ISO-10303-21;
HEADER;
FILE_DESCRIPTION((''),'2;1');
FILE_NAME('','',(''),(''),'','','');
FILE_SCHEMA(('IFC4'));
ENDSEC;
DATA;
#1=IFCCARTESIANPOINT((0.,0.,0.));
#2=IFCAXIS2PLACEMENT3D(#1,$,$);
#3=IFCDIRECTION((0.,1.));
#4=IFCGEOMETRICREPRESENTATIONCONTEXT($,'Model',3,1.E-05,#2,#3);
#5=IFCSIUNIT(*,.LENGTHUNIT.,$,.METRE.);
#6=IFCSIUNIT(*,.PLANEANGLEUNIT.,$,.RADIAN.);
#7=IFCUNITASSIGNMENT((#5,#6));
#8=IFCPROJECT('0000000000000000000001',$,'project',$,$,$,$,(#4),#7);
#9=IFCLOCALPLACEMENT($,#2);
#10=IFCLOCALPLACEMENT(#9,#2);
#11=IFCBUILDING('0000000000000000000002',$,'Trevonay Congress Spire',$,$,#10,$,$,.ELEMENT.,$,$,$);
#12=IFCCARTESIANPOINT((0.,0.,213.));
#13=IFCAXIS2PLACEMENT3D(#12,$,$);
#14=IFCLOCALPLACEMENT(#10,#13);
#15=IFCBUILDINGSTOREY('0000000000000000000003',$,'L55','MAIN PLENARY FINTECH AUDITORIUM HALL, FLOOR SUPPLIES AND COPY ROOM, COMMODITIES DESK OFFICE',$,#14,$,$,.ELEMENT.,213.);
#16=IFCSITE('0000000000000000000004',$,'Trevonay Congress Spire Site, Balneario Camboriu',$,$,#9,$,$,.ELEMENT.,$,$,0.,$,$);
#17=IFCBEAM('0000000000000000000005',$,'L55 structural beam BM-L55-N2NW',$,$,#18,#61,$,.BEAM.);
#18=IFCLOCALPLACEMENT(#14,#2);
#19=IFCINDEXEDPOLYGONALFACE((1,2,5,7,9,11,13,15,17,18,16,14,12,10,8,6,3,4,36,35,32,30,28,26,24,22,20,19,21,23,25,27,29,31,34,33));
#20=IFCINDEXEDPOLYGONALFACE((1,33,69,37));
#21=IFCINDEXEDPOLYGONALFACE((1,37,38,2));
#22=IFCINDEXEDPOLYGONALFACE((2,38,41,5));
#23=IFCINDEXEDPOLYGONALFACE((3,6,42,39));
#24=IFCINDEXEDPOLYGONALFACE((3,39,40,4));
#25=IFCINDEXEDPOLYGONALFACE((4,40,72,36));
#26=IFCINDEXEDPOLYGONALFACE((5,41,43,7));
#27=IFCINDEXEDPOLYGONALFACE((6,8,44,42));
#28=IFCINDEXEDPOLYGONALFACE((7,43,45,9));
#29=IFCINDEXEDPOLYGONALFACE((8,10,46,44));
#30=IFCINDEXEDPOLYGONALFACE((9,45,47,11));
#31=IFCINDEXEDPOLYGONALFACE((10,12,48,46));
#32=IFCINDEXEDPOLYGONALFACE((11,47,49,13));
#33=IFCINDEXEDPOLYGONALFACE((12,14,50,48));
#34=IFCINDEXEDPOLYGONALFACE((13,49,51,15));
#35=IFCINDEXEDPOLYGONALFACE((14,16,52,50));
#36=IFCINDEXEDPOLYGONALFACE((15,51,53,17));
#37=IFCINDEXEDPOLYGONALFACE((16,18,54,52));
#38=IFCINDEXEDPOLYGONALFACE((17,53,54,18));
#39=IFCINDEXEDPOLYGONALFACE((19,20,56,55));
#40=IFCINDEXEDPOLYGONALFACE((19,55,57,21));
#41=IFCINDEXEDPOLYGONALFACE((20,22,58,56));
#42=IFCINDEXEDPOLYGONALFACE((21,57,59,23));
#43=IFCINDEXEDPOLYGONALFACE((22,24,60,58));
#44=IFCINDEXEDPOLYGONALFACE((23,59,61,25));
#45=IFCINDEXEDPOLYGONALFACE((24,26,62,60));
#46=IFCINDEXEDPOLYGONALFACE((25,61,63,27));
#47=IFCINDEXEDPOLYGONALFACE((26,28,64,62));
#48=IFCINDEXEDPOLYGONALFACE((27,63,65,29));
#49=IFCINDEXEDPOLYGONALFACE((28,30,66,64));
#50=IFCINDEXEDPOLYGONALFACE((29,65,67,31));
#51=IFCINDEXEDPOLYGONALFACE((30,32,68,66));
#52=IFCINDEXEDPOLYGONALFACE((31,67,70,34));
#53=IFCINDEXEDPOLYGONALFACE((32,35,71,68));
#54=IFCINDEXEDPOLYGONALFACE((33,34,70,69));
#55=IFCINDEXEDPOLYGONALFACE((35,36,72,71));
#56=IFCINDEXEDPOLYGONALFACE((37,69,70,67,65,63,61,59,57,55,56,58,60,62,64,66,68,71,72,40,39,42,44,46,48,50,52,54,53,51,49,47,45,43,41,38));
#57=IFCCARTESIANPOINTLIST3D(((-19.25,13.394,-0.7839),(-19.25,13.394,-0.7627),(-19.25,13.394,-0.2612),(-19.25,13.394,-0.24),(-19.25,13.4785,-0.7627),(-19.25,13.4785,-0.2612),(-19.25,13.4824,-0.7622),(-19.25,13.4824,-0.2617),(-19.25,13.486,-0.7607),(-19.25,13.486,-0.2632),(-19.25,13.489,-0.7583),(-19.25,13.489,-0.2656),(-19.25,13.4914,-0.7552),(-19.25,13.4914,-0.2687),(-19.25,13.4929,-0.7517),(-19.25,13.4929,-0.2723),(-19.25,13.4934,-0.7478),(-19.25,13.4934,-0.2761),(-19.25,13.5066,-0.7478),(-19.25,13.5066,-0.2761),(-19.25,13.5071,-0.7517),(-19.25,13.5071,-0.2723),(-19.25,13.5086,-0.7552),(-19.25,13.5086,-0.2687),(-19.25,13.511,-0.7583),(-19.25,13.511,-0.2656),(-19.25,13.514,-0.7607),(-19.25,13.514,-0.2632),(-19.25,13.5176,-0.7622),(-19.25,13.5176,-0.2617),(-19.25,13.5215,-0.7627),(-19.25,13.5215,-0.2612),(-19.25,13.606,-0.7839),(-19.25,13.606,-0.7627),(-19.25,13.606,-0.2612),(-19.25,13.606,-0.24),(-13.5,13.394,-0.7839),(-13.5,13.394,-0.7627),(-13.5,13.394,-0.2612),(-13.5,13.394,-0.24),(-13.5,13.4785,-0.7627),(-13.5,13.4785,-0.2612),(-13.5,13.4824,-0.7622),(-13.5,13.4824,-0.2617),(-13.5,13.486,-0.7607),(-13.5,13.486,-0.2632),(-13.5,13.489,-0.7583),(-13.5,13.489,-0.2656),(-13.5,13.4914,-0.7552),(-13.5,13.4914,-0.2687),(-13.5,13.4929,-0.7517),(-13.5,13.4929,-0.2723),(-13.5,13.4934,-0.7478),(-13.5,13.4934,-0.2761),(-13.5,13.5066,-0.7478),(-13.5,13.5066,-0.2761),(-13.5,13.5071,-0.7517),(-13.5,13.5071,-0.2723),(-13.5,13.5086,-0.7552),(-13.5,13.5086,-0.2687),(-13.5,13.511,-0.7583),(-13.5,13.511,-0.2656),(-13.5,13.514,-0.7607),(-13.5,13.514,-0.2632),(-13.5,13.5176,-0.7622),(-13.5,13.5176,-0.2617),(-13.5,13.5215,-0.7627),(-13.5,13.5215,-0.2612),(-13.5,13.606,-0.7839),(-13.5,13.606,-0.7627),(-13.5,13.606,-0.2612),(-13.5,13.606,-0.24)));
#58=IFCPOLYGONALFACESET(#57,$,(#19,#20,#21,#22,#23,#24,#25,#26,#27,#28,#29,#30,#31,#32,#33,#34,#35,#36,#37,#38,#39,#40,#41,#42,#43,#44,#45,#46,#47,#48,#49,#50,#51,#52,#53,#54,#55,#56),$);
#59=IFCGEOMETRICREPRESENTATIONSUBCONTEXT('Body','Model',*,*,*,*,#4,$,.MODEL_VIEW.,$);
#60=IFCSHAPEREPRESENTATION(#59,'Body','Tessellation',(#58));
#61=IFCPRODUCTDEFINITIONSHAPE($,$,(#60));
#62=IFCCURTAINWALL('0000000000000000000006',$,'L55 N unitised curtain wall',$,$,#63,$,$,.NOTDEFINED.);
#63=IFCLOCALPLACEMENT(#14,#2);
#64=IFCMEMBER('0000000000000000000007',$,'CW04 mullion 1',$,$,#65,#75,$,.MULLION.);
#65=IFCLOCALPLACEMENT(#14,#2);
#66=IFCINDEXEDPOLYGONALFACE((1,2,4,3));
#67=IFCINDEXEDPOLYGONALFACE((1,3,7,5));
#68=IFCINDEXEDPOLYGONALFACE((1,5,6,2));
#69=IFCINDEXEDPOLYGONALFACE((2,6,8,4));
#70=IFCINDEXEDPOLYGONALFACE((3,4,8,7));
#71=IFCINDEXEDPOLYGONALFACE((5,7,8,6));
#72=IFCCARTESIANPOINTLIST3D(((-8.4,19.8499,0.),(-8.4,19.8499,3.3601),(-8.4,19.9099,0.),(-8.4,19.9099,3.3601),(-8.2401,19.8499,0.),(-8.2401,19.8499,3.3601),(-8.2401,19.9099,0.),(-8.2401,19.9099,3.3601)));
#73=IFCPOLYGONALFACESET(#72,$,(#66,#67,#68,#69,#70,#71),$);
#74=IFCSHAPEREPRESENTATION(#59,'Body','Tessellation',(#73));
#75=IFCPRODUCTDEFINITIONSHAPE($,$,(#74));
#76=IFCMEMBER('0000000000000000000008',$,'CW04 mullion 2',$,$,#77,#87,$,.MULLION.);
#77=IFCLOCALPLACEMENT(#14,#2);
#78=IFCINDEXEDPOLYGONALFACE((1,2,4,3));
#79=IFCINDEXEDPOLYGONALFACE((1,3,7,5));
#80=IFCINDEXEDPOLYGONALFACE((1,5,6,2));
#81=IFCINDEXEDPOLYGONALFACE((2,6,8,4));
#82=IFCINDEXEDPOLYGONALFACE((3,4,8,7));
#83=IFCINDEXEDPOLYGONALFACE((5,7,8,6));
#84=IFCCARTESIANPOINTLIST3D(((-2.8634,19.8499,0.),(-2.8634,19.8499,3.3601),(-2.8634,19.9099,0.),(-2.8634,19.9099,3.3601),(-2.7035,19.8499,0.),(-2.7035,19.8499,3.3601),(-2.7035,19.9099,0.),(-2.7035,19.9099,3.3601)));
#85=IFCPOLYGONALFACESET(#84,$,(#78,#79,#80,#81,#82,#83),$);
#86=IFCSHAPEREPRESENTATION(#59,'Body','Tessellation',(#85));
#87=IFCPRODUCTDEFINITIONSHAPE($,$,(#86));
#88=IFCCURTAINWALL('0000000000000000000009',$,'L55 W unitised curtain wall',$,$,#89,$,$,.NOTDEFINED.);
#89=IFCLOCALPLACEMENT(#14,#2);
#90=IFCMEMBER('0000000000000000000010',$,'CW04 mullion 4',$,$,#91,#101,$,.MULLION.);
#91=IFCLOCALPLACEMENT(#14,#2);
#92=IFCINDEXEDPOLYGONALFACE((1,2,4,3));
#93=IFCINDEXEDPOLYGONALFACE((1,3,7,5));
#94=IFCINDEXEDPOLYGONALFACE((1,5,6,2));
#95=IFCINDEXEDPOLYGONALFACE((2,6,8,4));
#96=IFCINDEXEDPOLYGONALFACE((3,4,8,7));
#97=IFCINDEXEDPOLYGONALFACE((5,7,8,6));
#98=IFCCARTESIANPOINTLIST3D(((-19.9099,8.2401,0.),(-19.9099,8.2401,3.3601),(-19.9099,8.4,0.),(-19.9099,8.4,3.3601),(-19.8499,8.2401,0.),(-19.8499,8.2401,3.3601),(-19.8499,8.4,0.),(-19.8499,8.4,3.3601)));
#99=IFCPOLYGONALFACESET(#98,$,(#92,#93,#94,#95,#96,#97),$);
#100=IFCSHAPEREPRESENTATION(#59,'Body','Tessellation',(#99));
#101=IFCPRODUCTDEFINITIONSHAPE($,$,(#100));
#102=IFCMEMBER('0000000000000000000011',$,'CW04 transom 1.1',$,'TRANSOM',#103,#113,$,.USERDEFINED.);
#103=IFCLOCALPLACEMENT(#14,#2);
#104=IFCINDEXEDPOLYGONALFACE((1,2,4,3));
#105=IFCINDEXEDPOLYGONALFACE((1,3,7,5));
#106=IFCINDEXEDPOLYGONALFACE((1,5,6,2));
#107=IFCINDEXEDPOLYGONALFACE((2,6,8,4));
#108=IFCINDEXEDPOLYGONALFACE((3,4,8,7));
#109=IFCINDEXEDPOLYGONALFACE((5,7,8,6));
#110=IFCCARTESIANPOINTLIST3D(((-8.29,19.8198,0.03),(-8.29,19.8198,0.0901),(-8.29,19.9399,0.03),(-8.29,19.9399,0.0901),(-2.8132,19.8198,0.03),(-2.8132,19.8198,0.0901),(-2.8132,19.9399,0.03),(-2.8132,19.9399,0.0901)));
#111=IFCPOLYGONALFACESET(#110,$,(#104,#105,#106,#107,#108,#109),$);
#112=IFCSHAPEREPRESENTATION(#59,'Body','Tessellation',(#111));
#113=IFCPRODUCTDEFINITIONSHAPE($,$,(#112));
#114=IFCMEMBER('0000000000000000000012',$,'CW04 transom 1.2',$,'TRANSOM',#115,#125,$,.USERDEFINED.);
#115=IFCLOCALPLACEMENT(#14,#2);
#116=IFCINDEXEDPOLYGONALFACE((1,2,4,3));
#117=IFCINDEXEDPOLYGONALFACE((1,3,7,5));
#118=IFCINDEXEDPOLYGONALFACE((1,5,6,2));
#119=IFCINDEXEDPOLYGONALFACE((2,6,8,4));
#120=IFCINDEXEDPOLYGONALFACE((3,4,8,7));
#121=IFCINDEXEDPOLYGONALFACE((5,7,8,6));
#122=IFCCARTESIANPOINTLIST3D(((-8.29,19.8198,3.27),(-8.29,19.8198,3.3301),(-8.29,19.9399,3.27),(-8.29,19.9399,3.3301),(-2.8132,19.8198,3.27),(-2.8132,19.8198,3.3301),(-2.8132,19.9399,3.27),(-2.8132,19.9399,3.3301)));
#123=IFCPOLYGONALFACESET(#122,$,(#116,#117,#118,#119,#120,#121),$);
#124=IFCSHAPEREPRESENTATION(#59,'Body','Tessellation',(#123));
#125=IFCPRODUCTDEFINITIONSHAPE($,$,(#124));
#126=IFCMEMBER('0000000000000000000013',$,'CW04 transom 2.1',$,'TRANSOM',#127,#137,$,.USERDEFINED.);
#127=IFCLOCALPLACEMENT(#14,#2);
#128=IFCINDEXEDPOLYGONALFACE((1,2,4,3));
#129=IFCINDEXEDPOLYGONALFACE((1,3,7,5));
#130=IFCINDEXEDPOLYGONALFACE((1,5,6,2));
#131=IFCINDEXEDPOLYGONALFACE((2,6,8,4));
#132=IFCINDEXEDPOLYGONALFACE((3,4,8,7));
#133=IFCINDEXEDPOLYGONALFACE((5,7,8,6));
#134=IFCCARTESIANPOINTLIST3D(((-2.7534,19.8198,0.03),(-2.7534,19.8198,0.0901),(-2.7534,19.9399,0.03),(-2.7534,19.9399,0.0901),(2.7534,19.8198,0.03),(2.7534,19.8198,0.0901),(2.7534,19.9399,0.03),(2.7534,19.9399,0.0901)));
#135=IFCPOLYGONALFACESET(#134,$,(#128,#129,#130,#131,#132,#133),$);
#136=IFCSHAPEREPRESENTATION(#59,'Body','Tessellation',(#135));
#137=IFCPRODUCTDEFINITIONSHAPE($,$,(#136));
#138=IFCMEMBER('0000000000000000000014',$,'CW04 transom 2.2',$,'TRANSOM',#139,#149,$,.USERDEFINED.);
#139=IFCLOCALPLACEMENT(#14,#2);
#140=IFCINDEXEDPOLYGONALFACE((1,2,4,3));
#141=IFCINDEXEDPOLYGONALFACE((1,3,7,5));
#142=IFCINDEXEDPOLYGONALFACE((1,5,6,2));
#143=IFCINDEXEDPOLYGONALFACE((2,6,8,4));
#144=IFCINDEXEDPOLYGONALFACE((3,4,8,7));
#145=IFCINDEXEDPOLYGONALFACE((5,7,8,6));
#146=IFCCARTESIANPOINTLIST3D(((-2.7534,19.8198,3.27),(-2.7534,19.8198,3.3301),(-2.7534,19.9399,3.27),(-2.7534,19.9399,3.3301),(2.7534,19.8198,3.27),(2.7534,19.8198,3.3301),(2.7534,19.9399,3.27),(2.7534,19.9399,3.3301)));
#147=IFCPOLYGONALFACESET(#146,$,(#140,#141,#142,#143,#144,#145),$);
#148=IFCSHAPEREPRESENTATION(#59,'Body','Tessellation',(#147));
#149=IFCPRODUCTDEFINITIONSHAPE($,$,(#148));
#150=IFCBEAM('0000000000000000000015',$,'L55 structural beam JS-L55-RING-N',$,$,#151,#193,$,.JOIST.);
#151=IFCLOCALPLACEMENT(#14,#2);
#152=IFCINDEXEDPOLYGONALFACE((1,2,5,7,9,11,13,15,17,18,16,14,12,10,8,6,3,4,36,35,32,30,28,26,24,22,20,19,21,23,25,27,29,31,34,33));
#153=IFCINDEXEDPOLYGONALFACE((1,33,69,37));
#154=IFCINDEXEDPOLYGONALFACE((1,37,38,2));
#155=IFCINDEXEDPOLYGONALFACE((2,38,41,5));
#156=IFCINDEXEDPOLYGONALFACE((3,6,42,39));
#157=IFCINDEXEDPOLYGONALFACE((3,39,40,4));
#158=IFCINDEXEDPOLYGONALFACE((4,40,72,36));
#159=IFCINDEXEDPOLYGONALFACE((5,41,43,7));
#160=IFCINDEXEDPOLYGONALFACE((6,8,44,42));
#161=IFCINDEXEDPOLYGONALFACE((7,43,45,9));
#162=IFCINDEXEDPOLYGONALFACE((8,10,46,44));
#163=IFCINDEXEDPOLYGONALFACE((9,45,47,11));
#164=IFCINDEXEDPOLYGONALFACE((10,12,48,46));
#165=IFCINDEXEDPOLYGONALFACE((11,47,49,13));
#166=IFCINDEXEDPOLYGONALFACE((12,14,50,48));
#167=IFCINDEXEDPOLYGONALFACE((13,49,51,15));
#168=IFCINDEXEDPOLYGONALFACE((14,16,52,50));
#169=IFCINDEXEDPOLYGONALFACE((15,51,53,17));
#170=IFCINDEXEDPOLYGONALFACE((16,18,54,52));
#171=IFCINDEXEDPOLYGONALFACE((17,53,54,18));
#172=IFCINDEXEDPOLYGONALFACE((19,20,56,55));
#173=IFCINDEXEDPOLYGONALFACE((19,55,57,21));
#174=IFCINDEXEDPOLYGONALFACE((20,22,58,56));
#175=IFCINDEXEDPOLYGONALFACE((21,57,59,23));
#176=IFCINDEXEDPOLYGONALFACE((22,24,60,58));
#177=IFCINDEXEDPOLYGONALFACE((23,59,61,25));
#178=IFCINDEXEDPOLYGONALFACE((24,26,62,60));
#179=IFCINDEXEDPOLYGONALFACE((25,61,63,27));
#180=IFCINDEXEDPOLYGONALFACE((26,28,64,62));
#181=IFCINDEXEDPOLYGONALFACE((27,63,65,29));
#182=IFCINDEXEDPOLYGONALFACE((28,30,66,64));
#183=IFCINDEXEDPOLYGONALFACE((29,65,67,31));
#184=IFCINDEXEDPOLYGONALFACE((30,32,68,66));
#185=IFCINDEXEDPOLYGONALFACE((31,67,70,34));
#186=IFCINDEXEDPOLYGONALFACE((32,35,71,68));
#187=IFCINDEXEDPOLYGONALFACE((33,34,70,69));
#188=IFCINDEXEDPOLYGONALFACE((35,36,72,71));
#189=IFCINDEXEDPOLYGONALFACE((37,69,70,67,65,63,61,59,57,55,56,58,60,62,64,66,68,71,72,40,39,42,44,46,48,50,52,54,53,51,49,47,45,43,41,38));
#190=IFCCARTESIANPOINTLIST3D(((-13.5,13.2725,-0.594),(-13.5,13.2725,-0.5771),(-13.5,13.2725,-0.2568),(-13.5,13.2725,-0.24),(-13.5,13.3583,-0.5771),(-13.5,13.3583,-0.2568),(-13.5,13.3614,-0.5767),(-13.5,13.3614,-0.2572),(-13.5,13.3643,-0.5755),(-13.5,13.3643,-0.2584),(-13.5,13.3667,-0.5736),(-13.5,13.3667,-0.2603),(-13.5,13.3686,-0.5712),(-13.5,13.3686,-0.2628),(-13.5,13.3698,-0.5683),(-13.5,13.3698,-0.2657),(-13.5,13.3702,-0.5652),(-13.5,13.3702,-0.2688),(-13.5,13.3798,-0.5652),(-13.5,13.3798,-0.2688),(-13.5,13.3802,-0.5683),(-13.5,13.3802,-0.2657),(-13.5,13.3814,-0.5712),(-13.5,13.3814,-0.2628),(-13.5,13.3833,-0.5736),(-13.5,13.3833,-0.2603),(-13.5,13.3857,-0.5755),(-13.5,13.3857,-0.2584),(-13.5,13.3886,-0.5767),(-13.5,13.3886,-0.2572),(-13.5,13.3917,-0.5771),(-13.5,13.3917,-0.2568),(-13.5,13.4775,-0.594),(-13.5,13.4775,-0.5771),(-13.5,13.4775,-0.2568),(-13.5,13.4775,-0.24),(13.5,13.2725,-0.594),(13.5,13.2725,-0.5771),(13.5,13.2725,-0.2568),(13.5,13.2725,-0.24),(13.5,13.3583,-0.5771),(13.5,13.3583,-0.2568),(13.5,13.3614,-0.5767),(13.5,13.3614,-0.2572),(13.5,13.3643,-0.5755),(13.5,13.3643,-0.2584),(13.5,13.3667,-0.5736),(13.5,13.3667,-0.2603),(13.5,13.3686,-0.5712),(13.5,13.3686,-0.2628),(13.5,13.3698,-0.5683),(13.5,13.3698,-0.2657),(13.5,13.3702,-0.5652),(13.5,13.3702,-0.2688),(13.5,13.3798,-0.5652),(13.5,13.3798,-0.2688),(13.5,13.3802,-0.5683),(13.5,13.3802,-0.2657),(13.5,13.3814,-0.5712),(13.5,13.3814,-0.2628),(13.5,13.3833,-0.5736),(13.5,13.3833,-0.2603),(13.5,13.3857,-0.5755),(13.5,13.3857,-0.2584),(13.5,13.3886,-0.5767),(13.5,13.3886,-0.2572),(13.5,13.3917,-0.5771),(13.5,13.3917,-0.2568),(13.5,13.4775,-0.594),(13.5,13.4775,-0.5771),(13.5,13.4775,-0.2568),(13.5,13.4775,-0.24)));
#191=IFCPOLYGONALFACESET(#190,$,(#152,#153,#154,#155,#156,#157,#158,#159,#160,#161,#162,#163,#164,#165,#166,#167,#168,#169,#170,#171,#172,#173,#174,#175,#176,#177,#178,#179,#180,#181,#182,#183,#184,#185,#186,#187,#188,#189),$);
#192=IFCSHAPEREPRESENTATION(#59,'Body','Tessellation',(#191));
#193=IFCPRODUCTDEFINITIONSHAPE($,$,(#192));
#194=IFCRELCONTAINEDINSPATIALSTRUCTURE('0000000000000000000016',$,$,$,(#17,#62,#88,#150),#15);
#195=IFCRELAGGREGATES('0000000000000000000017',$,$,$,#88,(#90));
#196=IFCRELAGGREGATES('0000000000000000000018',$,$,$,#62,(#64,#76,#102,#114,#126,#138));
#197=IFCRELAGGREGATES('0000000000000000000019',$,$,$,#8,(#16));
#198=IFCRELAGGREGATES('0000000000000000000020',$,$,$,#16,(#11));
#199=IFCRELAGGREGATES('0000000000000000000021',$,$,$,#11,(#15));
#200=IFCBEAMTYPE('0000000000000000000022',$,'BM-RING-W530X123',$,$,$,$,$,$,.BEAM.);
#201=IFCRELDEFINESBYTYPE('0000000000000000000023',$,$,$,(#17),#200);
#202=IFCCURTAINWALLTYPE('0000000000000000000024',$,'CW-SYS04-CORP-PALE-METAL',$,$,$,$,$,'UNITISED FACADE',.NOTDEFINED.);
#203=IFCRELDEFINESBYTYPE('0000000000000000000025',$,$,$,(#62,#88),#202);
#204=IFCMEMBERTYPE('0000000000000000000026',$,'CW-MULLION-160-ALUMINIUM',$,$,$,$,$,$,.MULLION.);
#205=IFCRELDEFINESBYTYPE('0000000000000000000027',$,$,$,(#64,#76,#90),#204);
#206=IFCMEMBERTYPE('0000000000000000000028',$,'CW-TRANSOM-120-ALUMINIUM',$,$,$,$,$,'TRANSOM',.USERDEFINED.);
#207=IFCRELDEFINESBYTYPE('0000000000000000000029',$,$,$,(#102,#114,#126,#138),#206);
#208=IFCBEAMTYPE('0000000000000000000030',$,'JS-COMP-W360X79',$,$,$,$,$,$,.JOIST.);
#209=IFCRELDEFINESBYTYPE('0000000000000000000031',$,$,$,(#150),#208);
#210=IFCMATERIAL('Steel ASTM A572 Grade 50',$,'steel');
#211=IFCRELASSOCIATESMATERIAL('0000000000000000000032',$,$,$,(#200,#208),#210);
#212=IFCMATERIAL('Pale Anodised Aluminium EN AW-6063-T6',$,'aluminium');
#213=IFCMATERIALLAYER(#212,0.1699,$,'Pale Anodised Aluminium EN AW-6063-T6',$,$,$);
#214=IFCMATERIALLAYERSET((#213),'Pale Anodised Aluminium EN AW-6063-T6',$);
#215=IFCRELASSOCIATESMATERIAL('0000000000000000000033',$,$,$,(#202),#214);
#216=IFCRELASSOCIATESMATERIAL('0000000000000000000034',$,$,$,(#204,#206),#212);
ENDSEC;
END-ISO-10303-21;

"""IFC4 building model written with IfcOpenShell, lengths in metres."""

from ifc_helpers import new_model, si_unit, direction, frame, origin, origin_2d, place, context, subcontext, project, spatial, rectangle, i_section, extrude, material, layer, layer_set, material_profile, profile_set, type_object, element, aggregate, save


model = new_model("IFC4")

# Units and contexts
model_context = context("Model", 3, precision=1e-05, world=origin(), true_north=direction((0.0, 1.0)))
body_context = subcontext(model_context, "Body", "Model", "MODEL_VIEW")
ifc_project = project(units=[si_unit("LENGTHUNIT", "METRE"), si_unit("PLANEANGLEUNIT", "RADIAN")], contexts=[model_context])

# Site, building, storey
site_placement = place(None, origin())
site = spatial("IfcSite", under=ifc_project, at=site_placement, Name="Trevonay Congress Spire Site, Balneario Camboriu", CompositionType="ELEMENT", RefElevation=0.0)
building_placement = place(site_placement, origin())
building = spatial("IfcBuilding", under=site, at=building_placement, Name="Trevonay Congress Spire", CompositionType="ELEMENT")
storey_placement = place(building_placement, frame((0.0, 0.0, 213.0)))
storey = spatial("IfcBuildingStorey", under=building, at=storey_placement, Name="L55", Description="MAIN PLENARY FINTECH AUDITORIUM HALL, FLOOR SUPPLIES AND COPY ROOM, COMMODITIES DESK OFFICE", CompositionType="ELEMENT", Elevation=213.0)

# Shared definitions
ifc_material_1 = material(Name="Steel ASTM A572 Grade 50", Category="steel")

# Beam
ifc_material_profile_1 = material_profile(ifc_material_1, i_section(OverallWidth=0.2119, OverallDepth=0.5439, WebThickness=0.0132, FlangeThickness=0.0212, FilletRadius=0.0149, at=origin_2d()), Name="W530x123")
ifc_profile_set_1 = profile_set([ifc_material_profile_1], Name="Steel ASTM A572 Grade 50")
beam_type_1 = type_object("IfcBeamType", Name="BM-RING-W530X123", PredefinedType="BEAM", material=ifc_profile_set_1)
for number, where, z_axis, x_axis, name in (
    (1, (-19.25, 13.5, -0.512), (1.0, 0.0, 0.0), (0.0, 1.0, 0.0), "L55 structural beam BM-L55-N2NW"),
):
    element("IfcBeam", number, at=place(storey_placement, frame(where, z_axis=z_axis, x_axis=x_axis)), inside=storey, type_object=beam_type_1, Name=name, PredefinedType="BEAM", context=body_context, shape_type="SweptSolid", body=[
        extrude(i_section(OverallWidth=0.2119, OverallDepth=0.5439, WebThickness=0.0132, FlangeThickness=0.0212, FilletRadius=0.0149, at=origin_2d()), origin(), (0.0, 0.0, 1.0), 5.75),
    ])

# Curtain wall, members
ifc_material_2 = material(Name="Pale Anodised Aluminium EN AW-6063-T6", Category="aluminium")
ifc_layer_1 = layer(ifc_material_2, 0.1699, Name="Pale Anodised Aluminium EN AW-6063-T6")
ifc_layer_set_1 = layer_set([ifc_layer_1], Name="Pale Anodised Aluminium EN AW-6063-T6")
curtain_wall_type = type_object("IfcCurtainWallType", Name="CW-SYS04-CORP-PALE-METAL", ElementType="UNITISED FACADE", PredefinedType="NOTDEFINED", material=ifc_layer_set_1)
curtain_wall_1_placement = place(storey_placement, origin())
curtain_wall_1 = element("IfcCurtainWall", 2, at=curtain_wall_1_placement, inside=storey, type_object=curtain_wall_type, Name="L55 N unitised curtain wall", PredefinedType="NOTDEFINED")
ifc_material_profile_2 = material_profile(ifc_material_2, rectangle(XDim=0.0601, YDim=0.1599, at=origin_2d()), Name="CW-MULLION-160-ALUMINIUM")
ifc_profile_set_2 = profile_set([ifc_material_profile_2], Name="Pale Anodised Aluminium EN AW-6063-T6")
member_type_1 = type_object("IfcMemberType", Name="CW-MULLION-160-ALUMINIUM", PredefinedType="MULLION", material=ifc_profile_set_2)
member_1_placement = place(storey_placement, frame((-8.3201, 19.8799, 0.0), z_axis=(0.0, 0.0, 1.0), x_axis=(0.0, 1.0, 0.0)))
member_1 = element("IfcMember", 3, at=member_1_placement, type_object=member_type_1, Name="CW04 mullion 1", PredefinedType="MULLION", context=body_context, shape_type="SweptSolid", body=[
    extrude(rectangle(XDim=0.0601, YDim=0.1599, at=origin_2d()), origin(), (0.0, 0.0, 1.0), 3.3601),
])
member_2_placement = place(storey_placement, frame((-2.7834, 19.8799, 0.0), z_axis=(0.0, 0.0, 1.0), x_axis=(0.0, 1.0, 0.0)))
member_2 = element("IfcMember", 4, at=member_2_placement, type_object=member_type_1, Name="CW04 mullion 2", PredefinedType="MULLION", context=body_context, shape_type="SweptSolid", body=[
    extrude(rectangle(XDim=0.0601, YDim=0.1599, at=origin_2d()), origin(), (0.0, 0.0, 1.0), 3.3601),
])

# Curtain wall, member
curtain_wall_2_placement = place(storey_placement, origin())
curtain_wall_2 = element("IfcCurtainWall", 5, at=curtain_wall_2_placement, inside=storey, type_object=curtain_wall_type, Name="L55 W unitised curtain wall", PredefinedType="NOTDEFINED")
member_3_placement = place(storey_placement, frame((-19.8799, 8.3201, 0.0), z_axis=(0.0, 0.0, 1.0), x_axis=(-1.0, 0.0, 0.0)))
member_3 = element("IfcMember", 6, at=member_3_placement, type_object=member_type_1, Name="CW04 mullion 4", PredefinedType="MULLION", context=body_context, shape_type="SweptSolid", body=[
    extrude(rectangle(XDim=0.0601, YDim=0.1599, at=origin_2d()), origin(), (0.0, 0.0, 1.0), 3.3601),
])
aggregate(curtain_wall_2, [member_3])

# Members
ifc_material_profile_3 = material_profile(ifc_material_2, rectangle(XDim=0.1201, YDim=0.0601, at=origin_2d()), Name="CW-TRANSOM-120-ALUMINIUM")
ifc_profile_set_3 = profile_set([ifc_material_profile_3], Name="Pale Anodised Aluminium EN AW-6063-T6")
member_type_2 = type_object("IfcMemberType", Name="CW-TRANSOM-120-ALUMINIUM", ElementType="TRANSOM", PredefinedType="USERDEFINED", material=ifc_profile_set_3)
member_4_placement = place(storey_placement, frame((-8.29, 19.8799, 0.0601), z_axis=(1.0, 0.0, 0.0), x_axis=(0.0, 1.0, 0.0)))
member_4 = element("IfcMember", 7, at=member_4_placement, type_object=member_type_2, Name="CW04 transom 1.1", ObjectType="TRANSOM", PredefinedType="USERDEFINED", context=body_context, shape_type="SweptSolid", body=[
    extrude(rectangle(XDim=0.1201, YDim=0.0601, at=origin_2d()), origin(), (0.0, 0.0, 1.0), 5.4768),
])
member_5_placement = place(storey_placement, frame((-8.29, 19.8799, 3.3), z_axis=(1.0, 0.0, 0.0), x_axis=(0.0, 1.0, 0.0)))
member_5 = element("IfcMember", 8, at=member_5_placement, type_object=member_type_2, Name="CW04 transom 1.2", ObjectType="TRANSOM", PredefinedType="USERDEFINED", context=body_context, shape_type="SweptSolid", body=[
    extrude(rectangle(XDim=0.1201, YDim=0.0601, at=origin_2d()), origin(), (0.0, 0.0, 1.0), 5.4768),
])
member_6_placement = place(storey_placement, frame((-2.7534, 19.8799, 0.0601), z_axis=(1.0, 0.0, 0.0), x_axis=(0.0, 1.0, 0.0)))
member_6 = element("IfcMember", 9, at=member_6_placement, type_object=member_type_2, Name="CW04 transom 2.1", ObjectType="TRANSOM", PredefinedType="USERDEFINED", context=body_context, shape_type="SweptSolid", body=[
    extrude(rectangle(XDim=0.1201, YDim=0.0601, at=origin_2d()), origin(), (0.0, 0.0, 1.0), 5.5068),
])
member_7_placement = place(storey_placement, frame((-2.7534, 19.8799, 3.3), z_axis=(1.0, 0.0, 0.0), x_axis=(0.0, 1.0, 0.0)))
member_7 = element("IfcMember", 10, at=member_7_placement, type_object=member_type_2, Name="CW04 transom 2.2", ObjectType="TRANSOM", PredefinedType="USERDEFINED", context=body_context, shape_type="SweptSolid", body=[
    extrude(rectangle(XDim=0.1201, YDim=0.0601, at=origin_2d()), origin(), (0.0, 0.0, 1.0), 5.5068),
])

# Beam
ifc_material_profile_4 = material_profile(ifc_material_1, i_section(OverallWidth=0.2051, OverallDepth=0.354, WebThickness=0.0095, FlangeThickness=0.0168, FilletRadius=0.012, at=origin_2d()), Name="W360x79")
ifc_profile_set_4 = profile_set([ifc_material_profile_4], Name="Steel ASTM A572 Grade 50")
beam_type_2 = type_object("IfcBeamType", Name="JS-COMP-W360X79", PredefinedType="JOIST", material=ifc_profile_set_4)
beam_1_placement = place(storey_placement, frame((-13.5, 13.375, -0.417), z_axis=(1.0, 0.0, 0.0), x_axis=(0.0, 1.0, 0.0)))
element("IfcBeam", 11, at=beam_1_placement, inside=storey, type_object=beam_type_2, Name="L55 structural beam JS-L55-RING-N", PredefinedType="JOIST", context=body_context, shape_type="SweptSolid", body=[
    extrude(i_section(OverallWidth=0.2051, OverallDepth=0.354, WebThickness=0.0095, FlangeThickness=0.0168, FilletRadius=0.012, at=origin_2d()), origin(), (0.0, 0.0, 1.0), 27.0),
])

aggregate(curtain_wall_1, [member_1, member_2, member_4, member_5, member_6, member_7])

save(model, "model.ifc")
